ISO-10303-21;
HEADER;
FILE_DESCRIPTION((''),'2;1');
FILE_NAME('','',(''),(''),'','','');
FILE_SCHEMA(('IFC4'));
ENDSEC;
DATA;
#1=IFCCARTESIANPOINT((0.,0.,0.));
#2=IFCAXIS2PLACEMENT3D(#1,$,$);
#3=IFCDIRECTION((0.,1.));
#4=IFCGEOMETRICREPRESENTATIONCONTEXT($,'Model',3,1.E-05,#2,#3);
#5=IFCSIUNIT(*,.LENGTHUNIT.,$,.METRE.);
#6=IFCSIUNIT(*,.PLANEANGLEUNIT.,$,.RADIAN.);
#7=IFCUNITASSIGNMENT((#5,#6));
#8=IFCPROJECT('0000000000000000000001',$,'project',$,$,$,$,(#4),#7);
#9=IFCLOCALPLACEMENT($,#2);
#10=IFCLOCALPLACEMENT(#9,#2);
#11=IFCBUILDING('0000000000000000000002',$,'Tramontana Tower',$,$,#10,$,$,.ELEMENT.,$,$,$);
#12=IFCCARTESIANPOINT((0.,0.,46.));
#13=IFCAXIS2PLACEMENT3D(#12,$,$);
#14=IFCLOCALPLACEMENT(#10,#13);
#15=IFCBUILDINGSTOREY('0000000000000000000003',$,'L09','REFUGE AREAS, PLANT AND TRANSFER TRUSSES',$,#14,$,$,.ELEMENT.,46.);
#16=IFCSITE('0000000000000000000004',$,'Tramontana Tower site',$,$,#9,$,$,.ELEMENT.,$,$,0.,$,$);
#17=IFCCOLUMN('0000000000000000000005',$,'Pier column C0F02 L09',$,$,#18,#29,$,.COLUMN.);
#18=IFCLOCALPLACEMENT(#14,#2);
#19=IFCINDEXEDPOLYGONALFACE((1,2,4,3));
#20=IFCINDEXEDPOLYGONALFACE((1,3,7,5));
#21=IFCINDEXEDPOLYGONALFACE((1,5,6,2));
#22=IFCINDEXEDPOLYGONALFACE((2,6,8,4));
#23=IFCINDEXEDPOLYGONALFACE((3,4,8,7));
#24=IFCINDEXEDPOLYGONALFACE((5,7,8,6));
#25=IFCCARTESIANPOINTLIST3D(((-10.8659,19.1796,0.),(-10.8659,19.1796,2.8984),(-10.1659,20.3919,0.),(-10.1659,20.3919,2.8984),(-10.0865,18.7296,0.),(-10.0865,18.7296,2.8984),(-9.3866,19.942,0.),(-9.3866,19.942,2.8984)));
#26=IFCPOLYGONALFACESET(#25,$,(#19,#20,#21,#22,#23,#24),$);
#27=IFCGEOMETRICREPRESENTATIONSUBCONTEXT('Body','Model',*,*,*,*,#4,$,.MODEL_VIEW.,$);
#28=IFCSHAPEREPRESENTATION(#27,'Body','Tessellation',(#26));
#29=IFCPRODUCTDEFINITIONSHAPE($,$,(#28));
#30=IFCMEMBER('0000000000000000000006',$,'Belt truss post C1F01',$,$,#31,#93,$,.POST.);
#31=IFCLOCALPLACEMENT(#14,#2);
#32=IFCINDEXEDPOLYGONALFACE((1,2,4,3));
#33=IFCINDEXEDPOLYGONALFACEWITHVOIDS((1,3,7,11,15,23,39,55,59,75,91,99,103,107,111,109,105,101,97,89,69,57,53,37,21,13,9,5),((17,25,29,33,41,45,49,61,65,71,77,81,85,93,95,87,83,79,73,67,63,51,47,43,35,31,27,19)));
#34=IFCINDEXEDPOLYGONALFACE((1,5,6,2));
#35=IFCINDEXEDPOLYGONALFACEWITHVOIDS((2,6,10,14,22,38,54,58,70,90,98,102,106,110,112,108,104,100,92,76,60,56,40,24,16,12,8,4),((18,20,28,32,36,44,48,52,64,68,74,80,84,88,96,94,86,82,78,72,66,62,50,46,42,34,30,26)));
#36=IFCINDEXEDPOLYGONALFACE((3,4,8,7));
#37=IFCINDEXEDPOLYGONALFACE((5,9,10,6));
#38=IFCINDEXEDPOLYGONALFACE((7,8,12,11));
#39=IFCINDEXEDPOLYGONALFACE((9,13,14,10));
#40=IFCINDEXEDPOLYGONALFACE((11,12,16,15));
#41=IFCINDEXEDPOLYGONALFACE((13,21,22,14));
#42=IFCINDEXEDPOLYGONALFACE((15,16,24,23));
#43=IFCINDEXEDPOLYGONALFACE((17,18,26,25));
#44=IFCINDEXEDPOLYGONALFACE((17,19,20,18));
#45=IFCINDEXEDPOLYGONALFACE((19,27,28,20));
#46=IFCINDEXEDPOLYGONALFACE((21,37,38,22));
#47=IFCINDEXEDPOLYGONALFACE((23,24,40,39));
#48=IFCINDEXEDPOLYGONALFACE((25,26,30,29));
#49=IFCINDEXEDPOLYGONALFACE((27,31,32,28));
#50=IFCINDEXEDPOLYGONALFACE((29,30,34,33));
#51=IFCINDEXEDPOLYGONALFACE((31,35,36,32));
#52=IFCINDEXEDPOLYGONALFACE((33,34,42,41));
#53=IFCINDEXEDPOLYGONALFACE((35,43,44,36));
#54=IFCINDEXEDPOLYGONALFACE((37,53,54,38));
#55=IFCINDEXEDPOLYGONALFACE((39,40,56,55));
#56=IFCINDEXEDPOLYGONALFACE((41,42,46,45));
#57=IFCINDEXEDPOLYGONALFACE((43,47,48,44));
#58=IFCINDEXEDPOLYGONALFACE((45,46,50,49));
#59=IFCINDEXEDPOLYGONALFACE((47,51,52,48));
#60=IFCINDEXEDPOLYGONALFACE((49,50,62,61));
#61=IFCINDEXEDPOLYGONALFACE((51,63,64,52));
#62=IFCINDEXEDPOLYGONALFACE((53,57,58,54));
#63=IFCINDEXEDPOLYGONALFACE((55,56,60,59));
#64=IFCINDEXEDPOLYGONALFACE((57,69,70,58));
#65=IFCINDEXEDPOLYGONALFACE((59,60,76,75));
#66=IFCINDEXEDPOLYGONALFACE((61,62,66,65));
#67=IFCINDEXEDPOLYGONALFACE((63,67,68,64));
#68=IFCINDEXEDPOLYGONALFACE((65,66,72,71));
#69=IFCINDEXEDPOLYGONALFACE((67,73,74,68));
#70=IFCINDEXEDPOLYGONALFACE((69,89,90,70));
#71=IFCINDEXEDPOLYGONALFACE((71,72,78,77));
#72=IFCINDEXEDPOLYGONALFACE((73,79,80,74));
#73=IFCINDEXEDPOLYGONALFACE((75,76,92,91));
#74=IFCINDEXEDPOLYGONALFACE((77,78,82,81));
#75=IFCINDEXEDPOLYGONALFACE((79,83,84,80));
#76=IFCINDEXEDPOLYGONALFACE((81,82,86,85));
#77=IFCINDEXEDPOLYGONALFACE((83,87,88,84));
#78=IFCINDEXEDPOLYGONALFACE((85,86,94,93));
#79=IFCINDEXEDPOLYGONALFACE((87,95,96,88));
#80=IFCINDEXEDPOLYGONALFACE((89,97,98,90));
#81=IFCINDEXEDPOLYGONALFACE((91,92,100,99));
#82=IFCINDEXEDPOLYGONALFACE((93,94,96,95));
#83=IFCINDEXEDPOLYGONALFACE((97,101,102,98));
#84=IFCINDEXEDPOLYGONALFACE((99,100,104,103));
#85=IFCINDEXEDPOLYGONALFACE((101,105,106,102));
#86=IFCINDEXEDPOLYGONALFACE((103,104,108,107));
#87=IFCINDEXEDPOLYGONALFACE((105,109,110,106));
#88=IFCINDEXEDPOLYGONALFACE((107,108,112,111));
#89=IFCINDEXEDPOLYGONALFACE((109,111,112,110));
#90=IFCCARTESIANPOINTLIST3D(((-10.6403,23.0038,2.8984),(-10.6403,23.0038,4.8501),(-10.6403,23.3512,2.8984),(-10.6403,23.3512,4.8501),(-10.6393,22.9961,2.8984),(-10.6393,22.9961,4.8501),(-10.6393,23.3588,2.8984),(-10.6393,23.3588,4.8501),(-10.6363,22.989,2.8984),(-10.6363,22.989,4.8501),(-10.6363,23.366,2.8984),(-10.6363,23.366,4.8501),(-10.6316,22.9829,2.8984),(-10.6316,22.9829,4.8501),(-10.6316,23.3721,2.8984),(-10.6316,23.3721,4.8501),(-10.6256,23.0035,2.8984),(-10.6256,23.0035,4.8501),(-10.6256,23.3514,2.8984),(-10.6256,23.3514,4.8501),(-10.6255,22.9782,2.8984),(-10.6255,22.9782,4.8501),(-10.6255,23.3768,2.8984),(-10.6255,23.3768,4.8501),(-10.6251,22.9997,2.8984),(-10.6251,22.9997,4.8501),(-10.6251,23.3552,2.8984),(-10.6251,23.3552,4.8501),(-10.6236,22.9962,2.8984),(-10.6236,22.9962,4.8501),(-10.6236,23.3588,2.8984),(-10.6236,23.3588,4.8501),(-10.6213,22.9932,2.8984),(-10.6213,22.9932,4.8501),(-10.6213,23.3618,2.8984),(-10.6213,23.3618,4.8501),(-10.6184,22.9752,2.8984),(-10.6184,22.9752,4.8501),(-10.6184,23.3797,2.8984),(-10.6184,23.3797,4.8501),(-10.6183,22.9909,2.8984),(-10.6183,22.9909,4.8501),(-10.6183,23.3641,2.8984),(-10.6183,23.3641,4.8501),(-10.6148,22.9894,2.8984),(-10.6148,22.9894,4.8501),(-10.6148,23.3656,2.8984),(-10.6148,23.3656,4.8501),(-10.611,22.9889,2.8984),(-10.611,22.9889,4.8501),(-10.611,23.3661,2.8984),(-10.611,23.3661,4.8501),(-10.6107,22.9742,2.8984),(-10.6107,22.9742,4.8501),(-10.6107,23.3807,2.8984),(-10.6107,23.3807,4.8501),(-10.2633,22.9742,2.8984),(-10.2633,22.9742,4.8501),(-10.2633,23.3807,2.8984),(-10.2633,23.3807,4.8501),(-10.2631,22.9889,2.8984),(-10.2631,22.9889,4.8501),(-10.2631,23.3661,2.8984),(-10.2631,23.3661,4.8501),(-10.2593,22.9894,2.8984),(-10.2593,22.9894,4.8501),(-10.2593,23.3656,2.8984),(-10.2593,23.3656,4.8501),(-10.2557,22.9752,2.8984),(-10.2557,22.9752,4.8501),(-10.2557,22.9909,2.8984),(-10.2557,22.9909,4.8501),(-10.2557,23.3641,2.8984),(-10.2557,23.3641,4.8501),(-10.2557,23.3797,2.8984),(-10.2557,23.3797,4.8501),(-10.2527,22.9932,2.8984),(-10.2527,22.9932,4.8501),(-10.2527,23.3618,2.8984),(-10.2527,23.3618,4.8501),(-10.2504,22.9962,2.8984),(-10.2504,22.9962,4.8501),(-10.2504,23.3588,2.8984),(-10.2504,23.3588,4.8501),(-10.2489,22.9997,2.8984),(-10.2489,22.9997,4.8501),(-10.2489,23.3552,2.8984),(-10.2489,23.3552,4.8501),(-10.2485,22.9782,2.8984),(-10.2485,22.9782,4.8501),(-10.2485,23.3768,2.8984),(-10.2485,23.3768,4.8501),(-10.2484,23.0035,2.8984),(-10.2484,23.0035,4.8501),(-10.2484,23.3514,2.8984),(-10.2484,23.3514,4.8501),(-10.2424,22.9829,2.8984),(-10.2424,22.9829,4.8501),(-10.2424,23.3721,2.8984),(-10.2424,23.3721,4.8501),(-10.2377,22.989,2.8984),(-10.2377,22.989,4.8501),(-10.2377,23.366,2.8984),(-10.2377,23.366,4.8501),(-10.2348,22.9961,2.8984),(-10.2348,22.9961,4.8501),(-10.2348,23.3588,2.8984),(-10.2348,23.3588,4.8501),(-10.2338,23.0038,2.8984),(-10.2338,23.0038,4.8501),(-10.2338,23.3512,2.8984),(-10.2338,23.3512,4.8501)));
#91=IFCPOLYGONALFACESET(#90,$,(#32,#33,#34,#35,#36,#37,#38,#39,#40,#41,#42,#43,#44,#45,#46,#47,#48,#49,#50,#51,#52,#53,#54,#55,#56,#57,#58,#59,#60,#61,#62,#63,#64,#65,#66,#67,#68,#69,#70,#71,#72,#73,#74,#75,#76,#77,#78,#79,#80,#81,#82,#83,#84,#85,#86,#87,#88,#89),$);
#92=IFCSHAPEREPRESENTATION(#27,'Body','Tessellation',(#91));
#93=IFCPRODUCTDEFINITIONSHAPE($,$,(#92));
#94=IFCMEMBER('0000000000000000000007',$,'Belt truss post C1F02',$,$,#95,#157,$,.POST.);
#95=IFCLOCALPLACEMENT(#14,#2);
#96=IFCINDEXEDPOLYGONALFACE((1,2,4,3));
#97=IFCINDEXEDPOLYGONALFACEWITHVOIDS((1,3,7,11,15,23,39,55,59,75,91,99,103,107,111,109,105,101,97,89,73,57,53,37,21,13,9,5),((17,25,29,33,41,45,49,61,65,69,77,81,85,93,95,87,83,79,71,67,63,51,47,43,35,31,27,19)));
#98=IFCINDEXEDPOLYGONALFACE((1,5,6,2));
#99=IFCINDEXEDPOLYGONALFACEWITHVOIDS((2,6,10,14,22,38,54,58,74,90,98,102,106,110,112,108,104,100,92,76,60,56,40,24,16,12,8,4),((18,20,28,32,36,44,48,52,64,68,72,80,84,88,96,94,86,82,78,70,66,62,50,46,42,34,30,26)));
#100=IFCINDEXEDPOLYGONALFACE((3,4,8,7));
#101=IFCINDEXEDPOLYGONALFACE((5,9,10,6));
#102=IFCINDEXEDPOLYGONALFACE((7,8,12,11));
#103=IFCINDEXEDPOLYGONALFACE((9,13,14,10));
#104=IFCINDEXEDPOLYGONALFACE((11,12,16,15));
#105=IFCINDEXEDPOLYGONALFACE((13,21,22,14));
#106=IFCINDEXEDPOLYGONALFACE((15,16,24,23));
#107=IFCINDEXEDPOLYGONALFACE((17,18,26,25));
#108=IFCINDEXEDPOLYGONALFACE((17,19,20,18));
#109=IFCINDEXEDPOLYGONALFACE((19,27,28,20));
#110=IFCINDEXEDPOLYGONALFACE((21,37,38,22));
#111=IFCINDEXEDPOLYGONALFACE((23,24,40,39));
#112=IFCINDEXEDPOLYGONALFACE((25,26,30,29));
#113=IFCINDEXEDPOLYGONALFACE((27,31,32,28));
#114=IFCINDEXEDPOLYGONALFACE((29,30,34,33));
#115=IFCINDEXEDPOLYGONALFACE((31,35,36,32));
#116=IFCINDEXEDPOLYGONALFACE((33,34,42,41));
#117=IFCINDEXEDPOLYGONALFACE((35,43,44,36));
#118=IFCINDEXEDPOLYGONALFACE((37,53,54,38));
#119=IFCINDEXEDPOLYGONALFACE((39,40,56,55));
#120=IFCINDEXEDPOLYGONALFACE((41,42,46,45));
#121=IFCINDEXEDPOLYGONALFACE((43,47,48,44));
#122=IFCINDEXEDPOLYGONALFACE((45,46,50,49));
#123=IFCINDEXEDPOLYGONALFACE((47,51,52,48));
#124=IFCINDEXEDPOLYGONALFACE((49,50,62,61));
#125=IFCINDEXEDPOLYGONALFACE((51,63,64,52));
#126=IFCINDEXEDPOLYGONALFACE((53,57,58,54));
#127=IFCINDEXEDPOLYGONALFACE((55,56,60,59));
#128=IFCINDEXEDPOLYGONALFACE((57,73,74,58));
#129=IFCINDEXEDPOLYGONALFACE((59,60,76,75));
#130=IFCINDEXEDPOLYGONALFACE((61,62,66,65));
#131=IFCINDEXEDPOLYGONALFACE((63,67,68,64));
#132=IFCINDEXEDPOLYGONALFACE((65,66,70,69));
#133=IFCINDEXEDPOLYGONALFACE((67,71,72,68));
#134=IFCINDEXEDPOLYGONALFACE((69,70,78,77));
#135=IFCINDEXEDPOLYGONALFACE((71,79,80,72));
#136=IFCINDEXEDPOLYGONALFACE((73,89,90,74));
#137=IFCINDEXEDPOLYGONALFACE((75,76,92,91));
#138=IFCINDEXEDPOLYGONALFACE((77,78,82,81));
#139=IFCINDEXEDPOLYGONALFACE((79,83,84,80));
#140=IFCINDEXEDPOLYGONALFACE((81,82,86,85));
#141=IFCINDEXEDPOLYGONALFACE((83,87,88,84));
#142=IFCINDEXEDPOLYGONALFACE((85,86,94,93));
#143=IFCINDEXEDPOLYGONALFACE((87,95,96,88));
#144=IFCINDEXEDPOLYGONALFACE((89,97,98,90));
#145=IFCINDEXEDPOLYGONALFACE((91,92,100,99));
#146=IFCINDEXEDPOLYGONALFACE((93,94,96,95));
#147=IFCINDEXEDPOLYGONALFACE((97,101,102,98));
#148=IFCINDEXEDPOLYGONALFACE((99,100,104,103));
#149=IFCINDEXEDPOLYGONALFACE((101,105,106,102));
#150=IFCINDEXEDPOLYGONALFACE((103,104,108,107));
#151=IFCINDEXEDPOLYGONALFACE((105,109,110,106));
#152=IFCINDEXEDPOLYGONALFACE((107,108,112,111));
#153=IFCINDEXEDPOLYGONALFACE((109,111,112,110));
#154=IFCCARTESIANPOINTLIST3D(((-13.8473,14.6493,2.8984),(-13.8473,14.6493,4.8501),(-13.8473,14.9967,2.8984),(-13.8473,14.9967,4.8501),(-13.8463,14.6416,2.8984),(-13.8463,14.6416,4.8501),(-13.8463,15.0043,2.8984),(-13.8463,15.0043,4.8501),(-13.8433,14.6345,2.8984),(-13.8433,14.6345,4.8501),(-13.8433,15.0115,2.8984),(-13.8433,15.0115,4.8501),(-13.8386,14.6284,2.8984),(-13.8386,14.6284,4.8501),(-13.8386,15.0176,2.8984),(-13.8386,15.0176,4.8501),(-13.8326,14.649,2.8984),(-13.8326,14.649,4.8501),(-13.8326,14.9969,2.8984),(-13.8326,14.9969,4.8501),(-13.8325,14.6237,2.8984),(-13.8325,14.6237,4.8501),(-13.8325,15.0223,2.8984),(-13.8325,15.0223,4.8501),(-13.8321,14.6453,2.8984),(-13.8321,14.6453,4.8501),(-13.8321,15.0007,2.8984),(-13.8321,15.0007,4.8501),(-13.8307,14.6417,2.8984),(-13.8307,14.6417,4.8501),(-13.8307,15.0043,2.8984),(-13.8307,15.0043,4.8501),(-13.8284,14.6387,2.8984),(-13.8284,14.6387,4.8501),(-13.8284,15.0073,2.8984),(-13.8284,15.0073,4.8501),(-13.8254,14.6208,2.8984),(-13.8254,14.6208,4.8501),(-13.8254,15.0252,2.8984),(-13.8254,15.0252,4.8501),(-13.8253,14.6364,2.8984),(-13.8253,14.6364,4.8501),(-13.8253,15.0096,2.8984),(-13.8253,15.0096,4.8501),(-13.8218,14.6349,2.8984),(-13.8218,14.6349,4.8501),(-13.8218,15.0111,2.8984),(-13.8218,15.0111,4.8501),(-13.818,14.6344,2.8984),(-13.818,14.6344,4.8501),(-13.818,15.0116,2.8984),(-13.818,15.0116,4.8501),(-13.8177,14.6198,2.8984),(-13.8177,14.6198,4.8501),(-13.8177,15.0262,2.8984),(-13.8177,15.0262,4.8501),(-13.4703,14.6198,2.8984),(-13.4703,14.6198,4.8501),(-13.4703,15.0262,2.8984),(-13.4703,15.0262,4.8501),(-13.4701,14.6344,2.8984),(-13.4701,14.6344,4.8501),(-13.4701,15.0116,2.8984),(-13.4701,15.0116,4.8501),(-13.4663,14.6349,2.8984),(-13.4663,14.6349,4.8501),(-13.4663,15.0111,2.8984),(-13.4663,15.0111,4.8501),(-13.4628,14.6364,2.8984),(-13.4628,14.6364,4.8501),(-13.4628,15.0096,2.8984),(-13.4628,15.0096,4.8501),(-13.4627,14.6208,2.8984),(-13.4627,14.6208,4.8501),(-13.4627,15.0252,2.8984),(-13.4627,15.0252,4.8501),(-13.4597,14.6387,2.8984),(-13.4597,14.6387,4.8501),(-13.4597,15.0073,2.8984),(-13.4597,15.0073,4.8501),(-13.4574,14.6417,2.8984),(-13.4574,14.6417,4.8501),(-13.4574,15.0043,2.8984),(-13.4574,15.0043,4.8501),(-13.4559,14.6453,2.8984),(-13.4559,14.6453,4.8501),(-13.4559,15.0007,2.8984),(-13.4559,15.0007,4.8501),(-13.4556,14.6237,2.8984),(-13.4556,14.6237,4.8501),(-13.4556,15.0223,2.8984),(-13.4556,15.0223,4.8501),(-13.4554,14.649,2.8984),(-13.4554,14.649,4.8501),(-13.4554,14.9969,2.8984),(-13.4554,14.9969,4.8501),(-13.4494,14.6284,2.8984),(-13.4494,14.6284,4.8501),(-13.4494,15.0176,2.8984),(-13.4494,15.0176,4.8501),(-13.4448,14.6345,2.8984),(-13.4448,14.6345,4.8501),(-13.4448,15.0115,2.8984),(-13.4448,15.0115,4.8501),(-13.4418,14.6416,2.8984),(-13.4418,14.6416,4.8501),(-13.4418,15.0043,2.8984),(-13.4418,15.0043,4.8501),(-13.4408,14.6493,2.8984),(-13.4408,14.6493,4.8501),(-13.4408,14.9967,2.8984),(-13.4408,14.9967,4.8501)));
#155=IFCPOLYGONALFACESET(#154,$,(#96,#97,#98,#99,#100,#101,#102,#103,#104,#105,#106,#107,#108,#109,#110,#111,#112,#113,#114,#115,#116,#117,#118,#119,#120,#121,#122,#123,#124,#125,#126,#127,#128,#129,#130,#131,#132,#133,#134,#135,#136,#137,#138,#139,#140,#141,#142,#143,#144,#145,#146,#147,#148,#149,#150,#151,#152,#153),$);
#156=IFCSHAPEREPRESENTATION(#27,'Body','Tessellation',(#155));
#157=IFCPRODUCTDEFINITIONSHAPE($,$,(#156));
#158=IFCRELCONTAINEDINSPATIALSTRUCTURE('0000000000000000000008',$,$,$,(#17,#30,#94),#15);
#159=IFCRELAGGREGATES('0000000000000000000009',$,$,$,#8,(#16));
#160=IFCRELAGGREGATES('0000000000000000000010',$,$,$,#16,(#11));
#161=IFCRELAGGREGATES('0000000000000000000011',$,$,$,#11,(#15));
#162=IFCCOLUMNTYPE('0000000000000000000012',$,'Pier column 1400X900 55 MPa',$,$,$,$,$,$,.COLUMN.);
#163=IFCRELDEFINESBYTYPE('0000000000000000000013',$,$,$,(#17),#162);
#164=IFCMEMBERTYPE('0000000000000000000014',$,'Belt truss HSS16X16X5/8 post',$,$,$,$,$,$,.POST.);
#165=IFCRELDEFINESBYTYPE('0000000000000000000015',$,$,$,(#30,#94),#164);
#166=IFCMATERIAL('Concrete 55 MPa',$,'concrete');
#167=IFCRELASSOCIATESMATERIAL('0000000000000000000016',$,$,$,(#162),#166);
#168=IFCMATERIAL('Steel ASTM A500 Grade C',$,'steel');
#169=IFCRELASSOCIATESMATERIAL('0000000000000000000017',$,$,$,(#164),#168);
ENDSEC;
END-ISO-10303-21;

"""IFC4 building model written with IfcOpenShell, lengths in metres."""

from ifc_helpers import new_model, si_unit, direction, frame, origin, origin_2d, place, context, subcontext, project, spatial, rectangle, hollow_rectangle, extrude, material, material_profile, profile_set, type_object, element, save


model = new_model("IFC4")

# Units and contexts
model_context = context("Model", 3, precision=1e-05, world=origin(), true_north=direction((0.0, 1.0)))
body_context = subcontext(model_context, "Body", "Model", "MODEL_VIEW")
ifc_project = project(units=[si_unit("LENGTHUNIT", "METRE"), si_unit("PLANEANGLEUNIT", "RADIAN")], contexts=[model_context])

# Site, building, storey
site_placement = place(None, origin())
site = spatial("IfcSite", under=ifc_project, at=site_placement, Name="Tramontana Tower site", CompositionType="ELEMENT", RefElevation=0.0)
building_placement = place(site_placement, origin())
building = spatial("IfcBuilding", under=site, at=building_placement, Name="Tramontana Tower", CompositionType="ELEMENT")
storey_placement = place(building_placement, frame((0.0, 0.0, 46.0)))
storey = spatial("IfcBuildingStorey", under=building, at=storey_placement, Name="L09", Description="REFUGE AREAS, PLANT AND TRANSFER TRUSSES", CompositionType="ELEMENT", Elevation=46.0)

# Column
ifc_material_1 = material(Name="Concrete 55 MPa", Category="concrete")
ifc_material_profile_1 = material_profile(ifc_material_1, rectangle(XDim=1.3999, YDim=0.8999, at=origin_2d()), Name="Pier column 1400X900 55 MPa")
ifc_profile_set_1 = profile_set([ifc_material_profile_1], Name="Concrete 55 MPa")
column_type = type_object("IfcColumnType", Name="Pier column 1400X900 55 MPa", PredefinedType="COLUMN", material=ifc_profile_set_1)
column_placement = place(storey_placement, frame((-10.1262, 19.5608, 0.0), z_axis=(0.0, 0.0, 1.0), x_axis=(-0.5, -0.866025, 0.0)))
element("IfcColumn", 1, at=column_placement, inside=storey, type_object=column_type, Name="Pier column C0F02 L09", PredefinedType="COLUMN", context=body_context, shape_type="SweptSolid", body=[
    extrude(rectangle(XDim=1.3999, YDim=0.8999, at=origin_2d()), origin(), (0.0, 0.0, 1.0), 2.8984),
])

# Members
ifc_material_2 = material(Name="Steel ASTM A500 Grade C", Category="steel")
ifc_material_profile_2 = material_profile(ifc_material_2, hollow_rectangle(XDim=0.4065, YDim=0.4065, WallThickness=0.0146, InnerFilletRadius=0.0146, OuterFilletRadius=0.0295, at=origin_2d()), Name="HSS16X16X5/8")
ifc_profile_set_2 = profile_set([ifc_material_profile_2], Name="Steel ASTM A500 Grade C")
member_type_1 = type_object("IfcMemberType", Name="Belt truss HSS16X16X5/8 post", PredefinedType="POST", material=ifc_profile_set_2)
for number, where, z_axis, x_axis, name in (
    (2, (-10.437, 23.1775, 2.8984), (0.0, 0.0, 1.0), (1.0, 0.0, 0.0), "Belt truss post C1F01"),
    (3, (-13.644, 14.823, 2.8984), (0.0, 0.0, 1.0), (1.0, 0.0, 0.0), "Belt truss post C1F02"),
):
    element("IfcMember", number, at=place(storey_placement, frame(where, z_axis=z_axis, x_axis=x_axis)), inside=storey, type_object=member_type_1, Name=name, PredefinedType="POST", context=body_context, shape_type="SweptSolid", body=[
        extrude(hollow_rectangle(XDim=0.4065, YDim=0.4065, WallThickness=0.0146, InnerFilletRadius=0.0146, OuterFilletRadius=0.0295, at=origin_2d()), origin(), (0.0, 0.0, 1.0), 1.9517),
    ])

save(model, "model.ifc")
